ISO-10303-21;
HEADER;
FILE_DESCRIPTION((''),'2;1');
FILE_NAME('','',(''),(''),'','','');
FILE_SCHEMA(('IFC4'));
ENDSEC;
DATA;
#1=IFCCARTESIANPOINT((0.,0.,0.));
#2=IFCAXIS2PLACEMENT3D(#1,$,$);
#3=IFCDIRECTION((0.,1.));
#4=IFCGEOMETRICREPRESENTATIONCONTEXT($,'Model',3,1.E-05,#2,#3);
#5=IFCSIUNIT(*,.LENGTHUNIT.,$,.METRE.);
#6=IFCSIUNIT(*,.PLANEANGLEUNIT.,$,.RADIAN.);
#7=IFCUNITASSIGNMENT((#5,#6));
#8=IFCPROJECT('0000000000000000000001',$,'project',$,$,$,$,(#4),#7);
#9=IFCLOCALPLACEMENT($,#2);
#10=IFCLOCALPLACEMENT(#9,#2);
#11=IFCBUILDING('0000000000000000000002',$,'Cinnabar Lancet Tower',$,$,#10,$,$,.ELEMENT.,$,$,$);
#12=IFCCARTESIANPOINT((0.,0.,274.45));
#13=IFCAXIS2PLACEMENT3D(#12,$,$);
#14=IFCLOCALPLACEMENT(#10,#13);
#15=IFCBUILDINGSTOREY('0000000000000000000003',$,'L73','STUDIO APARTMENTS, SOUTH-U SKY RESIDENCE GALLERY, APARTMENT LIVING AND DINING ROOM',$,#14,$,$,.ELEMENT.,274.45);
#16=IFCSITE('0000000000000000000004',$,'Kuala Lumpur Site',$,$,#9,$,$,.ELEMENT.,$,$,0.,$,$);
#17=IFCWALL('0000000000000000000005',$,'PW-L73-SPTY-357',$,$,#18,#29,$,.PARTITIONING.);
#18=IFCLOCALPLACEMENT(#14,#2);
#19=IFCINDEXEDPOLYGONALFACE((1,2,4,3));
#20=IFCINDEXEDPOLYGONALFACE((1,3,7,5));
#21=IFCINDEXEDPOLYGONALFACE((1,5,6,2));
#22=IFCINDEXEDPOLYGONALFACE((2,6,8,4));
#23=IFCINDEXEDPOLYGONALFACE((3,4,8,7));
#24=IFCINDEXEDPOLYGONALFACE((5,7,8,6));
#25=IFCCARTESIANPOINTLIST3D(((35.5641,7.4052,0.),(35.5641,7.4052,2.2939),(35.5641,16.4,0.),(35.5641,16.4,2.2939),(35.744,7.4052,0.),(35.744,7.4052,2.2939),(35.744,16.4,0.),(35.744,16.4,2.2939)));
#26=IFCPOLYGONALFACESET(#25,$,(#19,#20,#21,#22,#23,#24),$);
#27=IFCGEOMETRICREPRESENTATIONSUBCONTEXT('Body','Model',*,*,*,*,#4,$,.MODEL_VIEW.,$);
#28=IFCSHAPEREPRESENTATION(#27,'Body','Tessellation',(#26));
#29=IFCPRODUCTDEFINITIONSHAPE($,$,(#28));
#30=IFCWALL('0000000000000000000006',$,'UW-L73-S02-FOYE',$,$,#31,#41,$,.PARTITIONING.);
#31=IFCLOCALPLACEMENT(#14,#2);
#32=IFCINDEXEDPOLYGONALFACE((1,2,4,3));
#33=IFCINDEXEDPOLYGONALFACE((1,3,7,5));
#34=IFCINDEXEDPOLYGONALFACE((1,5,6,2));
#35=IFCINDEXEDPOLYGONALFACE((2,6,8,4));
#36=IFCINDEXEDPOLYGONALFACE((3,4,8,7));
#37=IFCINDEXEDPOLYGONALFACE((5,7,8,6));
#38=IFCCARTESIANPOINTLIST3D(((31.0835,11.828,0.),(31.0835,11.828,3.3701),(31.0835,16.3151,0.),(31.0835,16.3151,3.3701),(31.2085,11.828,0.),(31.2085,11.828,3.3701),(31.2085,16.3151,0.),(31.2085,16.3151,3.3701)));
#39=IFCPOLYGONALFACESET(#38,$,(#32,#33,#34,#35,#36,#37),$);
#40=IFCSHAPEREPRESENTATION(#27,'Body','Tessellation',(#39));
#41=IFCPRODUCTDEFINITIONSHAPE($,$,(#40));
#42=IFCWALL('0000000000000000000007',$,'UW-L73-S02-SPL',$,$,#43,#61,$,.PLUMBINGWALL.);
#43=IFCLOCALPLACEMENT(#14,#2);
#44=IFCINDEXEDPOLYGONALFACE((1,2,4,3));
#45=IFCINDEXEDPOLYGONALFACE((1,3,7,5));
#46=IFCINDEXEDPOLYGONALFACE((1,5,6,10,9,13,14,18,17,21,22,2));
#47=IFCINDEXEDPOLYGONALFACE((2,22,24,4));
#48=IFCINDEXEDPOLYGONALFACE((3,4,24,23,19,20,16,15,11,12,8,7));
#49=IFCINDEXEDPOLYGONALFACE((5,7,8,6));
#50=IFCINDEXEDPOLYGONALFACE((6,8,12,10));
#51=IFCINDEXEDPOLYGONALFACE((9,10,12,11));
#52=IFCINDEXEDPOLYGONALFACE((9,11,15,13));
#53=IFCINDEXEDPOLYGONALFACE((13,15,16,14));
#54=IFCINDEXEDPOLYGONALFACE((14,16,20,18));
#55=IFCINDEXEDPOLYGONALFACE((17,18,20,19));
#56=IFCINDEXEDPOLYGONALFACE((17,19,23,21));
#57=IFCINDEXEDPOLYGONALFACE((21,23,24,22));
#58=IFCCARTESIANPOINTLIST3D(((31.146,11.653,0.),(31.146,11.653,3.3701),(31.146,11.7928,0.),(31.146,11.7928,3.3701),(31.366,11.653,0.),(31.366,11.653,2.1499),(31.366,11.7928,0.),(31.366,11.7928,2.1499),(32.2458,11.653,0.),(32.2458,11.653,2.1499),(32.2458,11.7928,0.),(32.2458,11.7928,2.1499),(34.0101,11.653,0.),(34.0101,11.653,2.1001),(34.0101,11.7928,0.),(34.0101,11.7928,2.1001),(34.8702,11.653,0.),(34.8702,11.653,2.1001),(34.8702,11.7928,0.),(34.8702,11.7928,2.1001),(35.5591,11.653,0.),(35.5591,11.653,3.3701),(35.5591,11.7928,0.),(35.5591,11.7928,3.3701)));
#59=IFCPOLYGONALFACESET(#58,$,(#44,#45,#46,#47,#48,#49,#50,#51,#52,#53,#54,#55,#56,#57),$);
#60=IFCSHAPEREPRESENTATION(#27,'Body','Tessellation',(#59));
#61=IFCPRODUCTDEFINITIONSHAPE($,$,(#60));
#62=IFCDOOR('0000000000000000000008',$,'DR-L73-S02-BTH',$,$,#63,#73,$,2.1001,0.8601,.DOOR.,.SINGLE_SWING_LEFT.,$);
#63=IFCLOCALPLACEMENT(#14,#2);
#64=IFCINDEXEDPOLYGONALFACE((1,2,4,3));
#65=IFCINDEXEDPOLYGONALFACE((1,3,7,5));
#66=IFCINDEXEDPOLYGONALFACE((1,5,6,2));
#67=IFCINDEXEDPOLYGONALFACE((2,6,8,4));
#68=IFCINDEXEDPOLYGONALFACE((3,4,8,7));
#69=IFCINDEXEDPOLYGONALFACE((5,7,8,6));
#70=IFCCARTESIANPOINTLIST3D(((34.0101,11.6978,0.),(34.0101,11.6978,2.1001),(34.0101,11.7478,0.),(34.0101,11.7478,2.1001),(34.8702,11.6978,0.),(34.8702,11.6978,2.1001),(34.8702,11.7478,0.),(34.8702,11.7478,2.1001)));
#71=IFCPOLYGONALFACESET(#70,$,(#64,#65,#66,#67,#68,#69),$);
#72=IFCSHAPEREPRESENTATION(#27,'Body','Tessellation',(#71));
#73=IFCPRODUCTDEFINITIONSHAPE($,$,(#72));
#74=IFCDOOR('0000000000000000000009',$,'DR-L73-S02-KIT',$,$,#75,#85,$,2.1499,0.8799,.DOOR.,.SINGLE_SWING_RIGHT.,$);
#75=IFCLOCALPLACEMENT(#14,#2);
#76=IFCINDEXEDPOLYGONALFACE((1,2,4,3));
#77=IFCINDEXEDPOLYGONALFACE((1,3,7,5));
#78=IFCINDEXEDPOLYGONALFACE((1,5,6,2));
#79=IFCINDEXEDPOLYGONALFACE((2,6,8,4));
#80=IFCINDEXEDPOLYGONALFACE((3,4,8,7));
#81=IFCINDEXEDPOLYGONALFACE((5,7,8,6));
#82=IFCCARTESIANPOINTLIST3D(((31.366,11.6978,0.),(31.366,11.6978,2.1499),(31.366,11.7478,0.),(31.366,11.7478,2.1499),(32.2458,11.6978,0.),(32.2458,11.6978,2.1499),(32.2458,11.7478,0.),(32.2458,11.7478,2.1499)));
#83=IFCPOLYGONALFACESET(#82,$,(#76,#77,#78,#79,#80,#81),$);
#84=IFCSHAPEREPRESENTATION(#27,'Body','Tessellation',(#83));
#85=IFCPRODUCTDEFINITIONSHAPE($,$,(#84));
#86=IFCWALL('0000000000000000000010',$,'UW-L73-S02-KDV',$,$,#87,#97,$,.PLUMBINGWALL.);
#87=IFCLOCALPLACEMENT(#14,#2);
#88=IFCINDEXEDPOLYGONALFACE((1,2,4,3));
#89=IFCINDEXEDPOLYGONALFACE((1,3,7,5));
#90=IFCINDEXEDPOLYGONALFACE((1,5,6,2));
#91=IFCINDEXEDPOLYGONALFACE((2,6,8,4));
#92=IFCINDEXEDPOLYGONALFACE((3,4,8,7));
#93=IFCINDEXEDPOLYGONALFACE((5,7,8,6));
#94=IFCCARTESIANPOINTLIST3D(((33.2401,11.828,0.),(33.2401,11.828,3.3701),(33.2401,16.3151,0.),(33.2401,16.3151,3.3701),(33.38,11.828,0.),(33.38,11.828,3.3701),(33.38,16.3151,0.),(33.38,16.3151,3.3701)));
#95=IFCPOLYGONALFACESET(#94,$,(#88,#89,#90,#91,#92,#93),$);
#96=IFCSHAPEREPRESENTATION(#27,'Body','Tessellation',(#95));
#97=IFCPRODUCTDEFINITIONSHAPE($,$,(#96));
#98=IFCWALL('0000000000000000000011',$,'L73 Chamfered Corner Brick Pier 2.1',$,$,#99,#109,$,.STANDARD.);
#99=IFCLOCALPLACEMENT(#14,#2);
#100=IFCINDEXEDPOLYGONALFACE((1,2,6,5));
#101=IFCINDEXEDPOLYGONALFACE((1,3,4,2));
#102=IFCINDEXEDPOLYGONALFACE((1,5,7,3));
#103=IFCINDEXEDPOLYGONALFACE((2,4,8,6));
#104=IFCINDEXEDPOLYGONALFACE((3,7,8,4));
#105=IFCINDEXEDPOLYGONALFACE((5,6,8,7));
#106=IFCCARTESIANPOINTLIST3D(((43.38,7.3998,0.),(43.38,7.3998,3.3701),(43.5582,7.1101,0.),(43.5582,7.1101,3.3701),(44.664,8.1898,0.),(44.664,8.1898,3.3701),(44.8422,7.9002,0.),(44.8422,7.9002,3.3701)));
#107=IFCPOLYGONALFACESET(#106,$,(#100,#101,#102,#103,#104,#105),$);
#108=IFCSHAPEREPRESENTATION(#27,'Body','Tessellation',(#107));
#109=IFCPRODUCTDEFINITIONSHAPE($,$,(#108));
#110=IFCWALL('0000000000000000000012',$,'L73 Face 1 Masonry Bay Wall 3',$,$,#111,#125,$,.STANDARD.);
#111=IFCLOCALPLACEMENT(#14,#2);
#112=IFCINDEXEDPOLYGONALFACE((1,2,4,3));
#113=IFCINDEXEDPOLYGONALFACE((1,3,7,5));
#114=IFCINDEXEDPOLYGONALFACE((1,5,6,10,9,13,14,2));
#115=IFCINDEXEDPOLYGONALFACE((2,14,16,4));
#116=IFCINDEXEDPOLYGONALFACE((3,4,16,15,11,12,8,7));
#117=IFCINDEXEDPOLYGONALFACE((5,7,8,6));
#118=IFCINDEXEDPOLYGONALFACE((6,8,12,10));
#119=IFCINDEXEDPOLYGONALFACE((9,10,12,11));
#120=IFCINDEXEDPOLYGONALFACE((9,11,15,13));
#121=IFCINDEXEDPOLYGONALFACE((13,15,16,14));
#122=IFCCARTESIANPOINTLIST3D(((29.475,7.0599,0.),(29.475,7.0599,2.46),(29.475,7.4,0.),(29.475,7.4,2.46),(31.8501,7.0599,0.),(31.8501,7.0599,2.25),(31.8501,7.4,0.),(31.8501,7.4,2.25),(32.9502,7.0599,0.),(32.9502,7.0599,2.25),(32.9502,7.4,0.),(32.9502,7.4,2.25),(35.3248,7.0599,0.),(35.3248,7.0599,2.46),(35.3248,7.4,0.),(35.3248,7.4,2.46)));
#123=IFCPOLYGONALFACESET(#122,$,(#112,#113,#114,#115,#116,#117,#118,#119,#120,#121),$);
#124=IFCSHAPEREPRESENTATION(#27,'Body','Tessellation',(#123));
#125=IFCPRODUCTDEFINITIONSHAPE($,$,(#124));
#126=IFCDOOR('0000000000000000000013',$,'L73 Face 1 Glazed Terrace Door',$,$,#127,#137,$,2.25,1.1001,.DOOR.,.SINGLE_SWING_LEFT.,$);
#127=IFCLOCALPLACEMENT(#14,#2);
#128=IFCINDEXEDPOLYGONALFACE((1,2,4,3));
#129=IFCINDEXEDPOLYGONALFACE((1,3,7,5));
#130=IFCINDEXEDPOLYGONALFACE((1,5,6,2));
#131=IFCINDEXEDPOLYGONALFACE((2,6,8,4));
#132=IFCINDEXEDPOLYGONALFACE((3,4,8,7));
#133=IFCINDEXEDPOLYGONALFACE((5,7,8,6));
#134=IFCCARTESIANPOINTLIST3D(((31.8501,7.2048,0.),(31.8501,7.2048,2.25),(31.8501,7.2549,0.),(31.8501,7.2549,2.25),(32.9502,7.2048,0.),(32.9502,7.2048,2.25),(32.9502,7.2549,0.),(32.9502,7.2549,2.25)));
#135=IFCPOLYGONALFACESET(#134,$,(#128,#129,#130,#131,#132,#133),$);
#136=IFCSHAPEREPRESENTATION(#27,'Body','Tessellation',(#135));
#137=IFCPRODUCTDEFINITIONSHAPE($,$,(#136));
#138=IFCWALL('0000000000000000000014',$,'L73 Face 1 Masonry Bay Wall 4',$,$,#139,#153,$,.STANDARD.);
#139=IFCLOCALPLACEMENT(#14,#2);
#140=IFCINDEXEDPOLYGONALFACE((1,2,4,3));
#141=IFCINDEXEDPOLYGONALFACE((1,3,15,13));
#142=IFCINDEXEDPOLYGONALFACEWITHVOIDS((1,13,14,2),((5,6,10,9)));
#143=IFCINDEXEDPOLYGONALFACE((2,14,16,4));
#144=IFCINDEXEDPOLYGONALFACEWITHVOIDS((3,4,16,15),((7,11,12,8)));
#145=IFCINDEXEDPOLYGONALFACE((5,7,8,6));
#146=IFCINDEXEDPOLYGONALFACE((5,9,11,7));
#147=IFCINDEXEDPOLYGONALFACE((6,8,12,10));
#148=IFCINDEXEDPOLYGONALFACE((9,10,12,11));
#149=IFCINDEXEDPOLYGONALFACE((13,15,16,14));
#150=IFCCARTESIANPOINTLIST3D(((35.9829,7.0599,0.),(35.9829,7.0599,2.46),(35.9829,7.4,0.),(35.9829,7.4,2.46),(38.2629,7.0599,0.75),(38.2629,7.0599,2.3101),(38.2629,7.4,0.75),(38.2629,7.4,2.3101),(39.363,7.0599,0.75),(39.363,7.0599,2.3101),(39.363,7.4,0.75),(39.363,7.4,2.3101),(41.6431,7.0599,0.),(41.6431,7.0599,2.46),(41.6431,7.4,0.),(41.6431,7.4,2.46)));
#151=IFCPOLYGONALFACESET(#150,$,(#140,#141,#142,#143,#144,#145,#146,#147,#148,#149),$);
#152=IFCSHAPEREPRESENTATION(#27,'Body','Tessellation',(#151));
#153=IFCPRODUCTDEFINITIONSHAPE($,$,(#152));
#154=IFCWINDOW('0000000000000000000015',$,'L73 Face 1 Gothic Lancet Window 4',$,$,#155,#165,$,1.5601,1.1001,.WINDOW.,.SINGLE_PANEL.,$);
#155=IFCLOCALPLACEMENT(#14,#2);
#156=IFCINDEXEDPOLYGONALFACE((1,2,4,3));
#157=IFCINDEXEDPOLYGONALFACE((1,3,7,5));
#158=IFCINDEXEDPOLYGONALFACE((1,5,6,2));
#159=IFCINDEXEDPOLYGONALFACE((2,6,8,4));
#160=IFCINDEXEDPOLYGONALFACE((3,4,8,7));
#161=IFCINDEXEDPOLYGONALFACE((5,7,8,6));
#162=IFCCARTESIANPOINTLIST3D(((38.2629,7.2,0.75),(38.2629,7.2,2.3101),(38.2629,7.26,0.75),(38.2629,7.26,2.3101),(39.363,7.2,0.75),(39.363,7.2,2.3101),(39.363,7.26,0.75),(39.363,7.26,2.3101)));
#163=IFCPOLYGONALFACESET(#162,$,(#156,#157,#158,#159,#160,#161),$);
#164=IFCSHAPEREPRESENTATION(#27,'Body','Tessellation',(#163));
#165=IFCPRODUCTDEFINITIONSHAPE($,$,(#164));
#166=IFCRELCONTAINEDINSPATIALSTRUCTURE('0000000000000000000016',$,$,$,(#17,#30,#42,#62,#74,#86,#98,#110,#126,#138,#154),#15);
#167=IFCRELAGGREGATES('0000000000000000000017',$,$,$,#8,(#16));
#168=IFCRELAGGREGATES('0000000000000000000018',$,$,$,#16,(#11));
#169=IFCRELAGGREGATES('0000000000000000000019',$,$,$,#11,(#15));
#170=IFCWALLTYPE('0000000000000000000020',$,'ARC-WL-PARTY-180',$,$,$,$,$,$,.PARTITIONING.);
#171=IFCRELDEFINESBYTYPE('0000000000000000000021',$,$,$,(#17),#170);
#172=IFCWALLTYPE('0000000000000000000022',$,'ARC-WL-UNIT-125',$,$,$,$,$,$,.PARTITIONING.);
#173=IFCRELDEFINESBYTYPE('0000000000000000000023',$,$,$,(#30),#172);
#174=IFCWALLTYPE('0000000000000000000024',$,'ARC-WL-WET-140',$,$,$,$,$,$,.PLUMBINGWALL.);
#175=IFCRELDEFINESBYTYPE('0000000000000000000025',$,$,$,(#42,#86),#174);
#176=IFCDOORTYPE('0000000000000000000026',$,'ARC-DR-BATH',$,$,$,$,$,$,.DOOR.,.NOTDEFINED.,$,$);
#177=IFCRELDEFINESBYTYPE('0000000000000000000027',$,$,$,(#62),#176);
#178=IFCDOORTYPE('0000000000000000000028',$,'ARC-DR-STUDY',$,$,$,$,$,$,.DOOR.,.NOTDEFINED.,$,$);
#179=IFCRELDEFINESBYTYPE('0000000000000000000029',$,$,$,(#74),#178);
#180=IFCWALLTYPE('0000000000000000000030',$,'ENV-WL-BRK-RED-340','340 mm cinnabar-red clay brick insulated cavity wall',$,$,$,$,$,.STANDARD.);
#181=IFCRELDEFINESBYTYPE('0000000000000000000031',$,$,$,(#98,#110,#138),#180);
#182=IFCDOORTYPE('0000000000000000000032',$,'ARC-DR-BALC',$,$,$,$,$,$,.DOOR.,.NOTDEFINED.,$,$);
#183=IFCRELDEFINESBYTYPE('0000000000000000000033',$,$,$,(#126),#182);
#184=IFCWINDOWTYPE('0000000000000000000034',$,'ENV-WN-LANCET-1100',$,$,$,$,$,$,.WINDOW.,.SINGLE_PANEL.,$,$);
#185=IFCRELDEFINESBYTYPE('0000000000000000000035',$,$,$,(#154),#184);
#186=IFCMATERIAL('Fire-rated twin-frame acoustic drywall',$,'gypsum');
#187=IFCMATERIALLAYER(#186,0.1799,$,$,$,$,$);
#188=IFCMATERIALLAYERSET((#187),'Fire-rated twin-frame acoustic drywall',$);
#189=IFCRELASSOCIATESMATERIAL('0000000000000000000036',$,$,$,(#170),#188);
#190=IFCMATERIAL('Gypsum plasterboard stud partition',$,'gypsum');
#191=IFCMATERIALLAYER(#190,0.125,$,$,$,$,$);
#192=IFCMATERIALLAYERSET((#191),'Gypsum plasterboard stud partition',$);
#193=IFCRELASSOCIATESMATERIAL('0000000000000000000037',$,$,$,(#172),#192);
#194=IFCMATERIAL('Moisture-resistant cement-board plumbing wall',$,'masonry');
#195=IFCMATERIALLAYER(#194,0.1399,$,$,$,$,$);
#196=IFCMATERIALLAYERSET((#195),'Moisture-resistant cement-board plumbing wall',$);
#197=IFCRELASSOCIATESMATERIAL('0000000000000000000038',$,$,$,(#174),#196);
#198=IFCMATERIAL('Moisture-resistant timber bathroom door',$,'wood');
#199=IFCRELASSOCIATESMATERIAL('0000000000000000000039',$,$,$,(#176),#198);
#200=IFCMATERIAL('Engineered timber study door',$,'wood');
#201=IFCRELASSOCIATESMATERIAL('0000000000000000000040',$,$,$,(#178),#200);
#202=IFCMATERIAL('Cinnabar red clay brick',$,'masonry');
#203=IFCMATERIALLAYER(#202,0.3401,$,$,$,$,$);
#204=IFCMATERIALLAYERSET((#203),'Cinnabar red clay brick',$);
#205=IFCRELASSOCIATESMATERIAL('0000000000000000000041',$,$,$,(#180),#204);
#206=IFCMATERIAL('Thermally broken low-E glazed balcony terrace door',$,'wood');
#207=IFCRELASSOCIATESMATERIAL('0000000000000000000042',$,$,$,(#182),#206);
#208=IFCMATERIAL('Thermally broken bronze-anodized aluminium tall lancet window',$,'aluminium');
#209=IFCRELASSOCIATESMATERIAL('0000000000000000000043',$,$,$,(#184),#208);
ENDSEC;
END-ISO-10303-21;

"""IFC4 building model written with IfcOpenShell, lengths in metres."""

from ifc_helpers import new_model, si_unit, direction, frame, frame_2d, origin, place, context, subcontext, project, spatial, rectangle, extrude, material, layer, layer_set, type_object, element, fill, save


model = new_model("IFC4")

# Units and contexts
model_context = context("Model", 3, precision=1e-05, world=origin(), true_north=direction((0.0, 1.0)))
body_context = subcontext(model_context, "Body", "Model", "MODEL_VIEW")
ifc_project = project(units=[si_unit("LENGTHUNIT", "METRE"), si_unit("PLANEANGLEUNIT", "RADIAN")], contexts=[model_context])

# Site, building, storey
site_placement = place(None, origin())
site = spatial("IfcSite", under=ifc_project, at=site_placement, Name="Kuala Lumpur Site", CompositionType="ELEMENT", RefElevation=0.0)
building_placement = place(site_placement, origin())
building = spatial("IfcBuilding", under=site, at=building_placement, Name="Cinnabar Lancet Tower", CompositionType="ELEMENT")
storey_placement = place(building_placement, frame((0.0, 0.0, 274.45)))
storey = spatial("IfcBuildingStorey", under=building, at=storey_placement, Name="L73", Description="STUDIO APARTMENTS, SOUTH-U SKY RESIDENCE GALLERY, APARTMENT LIVING AND DINING ROOM", CompositionType="ELEMENT", Elevation=274.45)

# Walls
ifc_material_1 = material(Name="Fire-rated twin-frame acoustic drywall", Category="gypsum")
ifc_layer_1 = layer(ifc_material_1, 0.1799)
ifc_layer_set_1 = layer_set([ifc_layer_1], Name="Fire-rated twin-frame acoustic drywall")
wall_type_1 = type_object("IfcWallType", Name="ARC-WL-PARTY-180", PredefinedType="PARTITIONING", material=ifc_layer_set_1)
wall_1_placement = place(storey_placement, frame((35.6541, 7.405, 0.0), z_axis=(0.0, 0.0, 1.0), x_axis=(0.0, 1.0, 0.0)))
element("IfcWall", 1, at=wall_1_placement, inside=storey, type_object=wall_type_1, Name="PW-L73-SPTY-357", PredefinedType="PARTITIONING", context=body_context, shape_type="SweptSolid", body=[
    extrude(rectangle(XDim=8.9949, YDim=0.1799, at=frame_2d((4.4976, 0.0))), origin(), (0.0, 0.0, 1.0), 2.2939),
])
ifc_material_2 = material(Name="Gypsum plasterboard stud partition", Category="gypsum")
ifc_layer_2 = layer(ifc_material_2, 0.125)
ifc_layer_set_2 = layer_set([ifc_layer_2], Name="Gypsum plasterboard stud partition")
wall_type_2 = type_object("IfcWallType", Name="ARC-WL-UNIT-125", PredefinedType="PARTITIONING", material=ifc_layer_set_2)
wall_2_placement = place(storey_placement, frame((31.146, 11.8279, 0.0), z_axis=(0.0, 0.0, 1.0), x_axis=(0.0, 1.0, 0.0)))
element("IfcWall", 2, at=wall_2_placement, inside=storey, type_object=wall_type_2, Name="UW-L73-S02-FOYE", PredefinedType="PARTITIONING", context=body_context, shape_type="SweptSolid", body=[
    extrude(rectangle(XDim=4.4871, YDim=0.125, at=frame_2d((2.2437, 0.0))), origin(), (0.0, 0.0, 1.0), 3.3701),
])

# Wall, openings, doors
ifc_material_3 = material(Name="Moisture-resistant cement-board plumbing wall", Category="masonry")
ifc_layer_3 = layer(ifc_material_3, 0.1399)
ifc_layer_set_3 = layer_set([ifc_layer_3], Name="Moisture-resistant cement-board plumbing wall")
wall_type_3 = type_object("IfcWallType", Name="ARC-WL-WET-140", PredefinedType="PLUMBINGWALL", material=ifc_layer_set_3)
wall_3_placement = place(storey_placement, frame((31.146, 11.7229, 0.0), z_axis=(0.0, 0.0, 1.0), x_axis=(1.0, 0.0, 0.0)))
wall_3 = element("IfcWall", 3, at=wall_3_placement, inside=storey, type_object=wall_type_3, Name="UW-L73-S02-SPL", PredefinedType="PLUMBINGWALL", context=body_context, shape_type="SweptSolid", body=[
    extrude(rectangle(XDim=4.4131, YDim=0.1399, at=frame_2d((2.2065, 0.0))), origin(), (0.0, 0.0, 1.0), 3.3701),
])
opening_1_placement = place(wall_3_placement, frame((2.864, 0.0, 0.0)))
opening_1 = element("IfcOpeningElement", 4, at=opening_1_placement, cuts=wall_3, PredefinedType="OPENING", context=body_context, shape_type="SweptSolid", body=[
    extrude(rectangle(XDim=0.8601, YDim=2.1001, at=frame_2d((0.4302, 1.05))), frame((0.0, 0.0798, 0.0), z_axis=(0.0, -1.0, 0.0), x_axis=(1.0, 0.0, 0.0)), (0.0, 0.0, 1.0), 0.1599),
])
opening_2_placement = place(wall_3_placement, frame((0.22, 0.0, 0.0)))
opening_2 = element("IfcOpeningElement", 5, at=opening_2_placement, cuts=wall_3, PredefinedType="OPENING", context=body_context, shape_type="SweptSolid", body=[
    extrude(rectangle(XDim=0.8799, YDim=2.1499, at=frame_2d((0.4399, 1.075))), frame((0.0, 0.0798, 0.0), z_axis=(0.0, -1.0, 0.0), x_axis=(1.0, 0.0, 0.0)), (0.0, 0.0, 1.0), 0.1599),
])
ifc_material_4 = material(Name="Moisture-resistant timber bathroom door", Category="wood")
door_type_1 = type_object("IfcDoorType", Name="ARC-DR-BATH", OperationType="NOTDEFINED", PredefinedType="DOOR", material=ifc_material_4)
door_1_placement = place(opening_1_placement, origin())
door_1 = element("IfcDoor", 6, at=door_1_placement, inside=storey, type_object=door_type_1, Name="DR-L73-S02-BTH", OperationType="SINGLE_SWING_LEFT", OverallHeight=2.1001, OverallWidth=0.8601, PredefinedType="DOOR", context=body_context, shape_type="SweptSolid", body=[
    extrude(rectangle(XDim=0.8601, YDim=2.1001, at=frame_2d((0.4302, 1.05))), frame((0.0, 0.0249, 0.0), z_axis=(0.0, -1.0, 0.0), x_axis=(1.0, 0.0, 0.0)), (0.0, 0.0, 1.0), 0.05),
])
fill(opening_1, door_1)
ifc_material_5 = material(Name="Engineered timber study door", Category="wood")
door_type_2 = type_object("IfcDoorType", Name="ARC-DR-STUDY", OperationType="NOTDEFINED", PredefinedType="DOOR", material=ifc_material_5)
door_2_placement = place(opening_2_placement, origin())
door_2 = element("IfcDoor", 7, at=door_2_placement, inside=storey, type_object=door_type_2, Name="DR-L73-S02-KIT", OperationType="SINGLE_SWING_RIGHT", OverallHeight=2.1499, OverallWidth=0.8799, PredefinedType="DOOR", context=body_context, shape_type="SweptSolid", body=[
    extrude(rectangle(XDim=0.8799, YDim=2.1499, at=frame_2d((0.4399, 1.075))), frame((0.0, 0.0249, 0.0), z_axis=(0.0, -1.0, 0.0), x_axis=(1.0, 0.0, 0.0)), (0.0, 0.0, 1.0), 0.05),
])
fill(opening_2, door_2)

# Walls
wall_4_placement = place(storey_placement, frame((33.3101, 11.8279, 0.0), z_axis=(0.0, 0.0, 1.0), x_axis=(0.0, 1.0, 0.0)))
element("IfcWall", 8, at=wall_4_placement, inside=storey, type_object=wall_type_3, Name="UW-L73-S02-KDV", PredefinedType="PLUMBINGWALL", context=body_context, shape_type="SweptSolid", body=[
    extrude(rectangle(XDim=4.4871, YDim=0.1399, at=frame_2d((2.2437, 0.0))), origin(), (0.0, 0.0, 1.0), 3.3701),
])
ifc_material_6 = material(Name="Cinnabar red clay brick", Category="masonry")
ifc_layer_4 = layer(ifc_material_6, 0.3401)
ifc_layer_set_4 = layer_set([ifc_layer_4], Name="Cinnabar red clay brick")
wall_type_4 = type_object("IfcWallType", Name="ENV-WL-BRK-RED-340", Description="340 mm cinnabar-red clay brick insulated cavity wall", PredefinedType="STANDARD", material=ifc_layer_set_4)
wall_5_placement = place(storey_placement, frame((43.469, 7.2549, 0.0), z_axis=(0.0, 0.0, 1.0), x_axis=(0.851681, 0.524061, 0.0)))
element("IfcWall", 9, at=wall_5_placement, inside=storey, type_object=wall_type_4, Name="L73 Chamfered Corner Brick Pier 2.1", PredefinedType="STANDARD", context=body_context, shape_type="SweptSolid", body=[
    extrude(rectangle(XDim=1.5076, YDim=0.3401, at=frame_2d((0.7539, 0.0))), origin(), (0.0, 0.0, 1.0), 3.3701),
])

# Wall, opening, door
wall_6_placement = place(storey_placement, frame((29.4751, 7.23, 0.0), z_axis=(0.0, 0.0, 1.0), x_axis=(1.0, 0.0, 0.0)))
wall_6 = element("IfcWall", 10, at=wall_6_placement, inside=storey, type_object=wall_type_4, Name="L73 Face 1 Masonry Bay Wall 3", PredefinedType="STANDARD", context=body_context, shape_type="SweptSolid", body=[
    extrude(rectangle(XDim=5.8499, YDim=0.3401, at=frame_2d((2.9248, 0.0))), origin(), (0.0, 0.0, 1.0), 2.46),
])
opening_3_placement = place(wall_6_placement, frame((2.375, 0.0, 0.0)))
opening_3 = element("IfcOpeningElement", 11, at=opening_3_placement, cuts=wall_6, PredefinedType="OPENING", context=body_context, shape_type="SweptSolid", body=[
    extrude(rectangle(XDim=1.1001, YDim=2.25, at=frame_2d((0.55, 1.125))), frame((0.0, 0.1799, 0.0), z_axis=(0.0, -1.0, 0.0), x_axis=(1.0, 0.0, 0.0)), (0.0, 0.0, 1.0), 0.3601),
])
ifc_material_7 = material(Name="Thermally broken low-E glazed balcony terrace door", Category="wood")
door_type_3 = type_object("IfcDoorType", Name="ARC-DR-BALC", OperationType="NOTDEFINED", PredefinedType="DOOR", material=ifc_material_7)
door_3_placement = place(opening_3_placement, origin())
door_3 = element("IfcDoor", 12, at=door_3_placement, inside=storey, type_object=door_type_3, Name="L73 Face 1 Glazed Terrace Door", OperationType="SINGLE_SWING_LEFT", OverallHeight=2.25, OverallWidth=1.1001, PredefinedType="DOOR", context=body_context, shape_type="SweptSolid", body=[
    extrude(rectangle(XDim=1.1001, YDim=2.25, at=frame_2d((0.55, 1.125))), frame((0.0, 0.0249, 0.0), z_axis=(0.0, -1.0, 0.0), x_axis=(1.0, 0.0, 0.0)), (0.0, 0.0, 1.0), 0.05),
])
fill(opening_3, door_3)

# Wall, opening, window
wall_7_placement = place(storey_placement, frame((35.9829, 7.23, 0.0), z_axis=(0.0, 0.0, 1.0), x_axis=(1.0, 0.0, 0.0)))
wall_7 = element("IfcWall", 13, at=wall_7_placement, inside=storey, type_object=wall_type_4, Name="L73 Face 1 Masonry Bay Wall 4", PredefinedType="STANDARD", context=body_context, shape_type="SweptSolid", body=[
    extrude(rectangle(XDim=5.6602, YDim=0.3401, at=frame_2d((2.8301, 0.0))), origin(), (0.0, 0.0, 1.0), 2.46),
])
opening_4_placement = place(wall_7_placement, frame((2.28, 0.0, 0.75)))
opening_4 = element("IfcOpeningElement", 14, at=opening_4_placement, cuts=wall_7, PredefinedType="OPENING", context=body_context, shape_type="SweptSolid", body=[
    extrude(rectangle(XDim=1.1001, YDim=1.5601, at=frame_2d((0.55, 0.78))), frame((0.0, 0.1799, 0.0), z_axis=(0.0, -1.0, 0.0), x_axis=(1.0, 0.0, 0.0)), (0.0, 0.0, 1.0), 0.3601),
])
ifc_material_8 = material(Name="Thermally broken bronze-anodized aluminium tall lancet window", Category="aluminium")
window_type = type_object("IfcWindowType", Name="ENV-WN-LANCET-1100", PartitioningType="SINGLE_PANEL", PredefinedType="WINDOW", material=ifc_material_8)
window_placement = place(opening_4_placement, origin())
window = element("IfcWindow", 15, at=window_placement, inside=storey, type_object=window_type, Name="L73 Face 1 Gothic Lancet Window 4", OverallHeight=1.5601, OverallWidth=1.1001, PartitioningType="SINGLE_PANEL", PredefinedType="WINDOW", context=body_context, shape_type="SweptSolid", body=[
    extrude(rectangle(XDim=1.1001, YDim=1.5601, at=frame_2d((0.55, 0.78))), frame((0.0, 0.03, 0.0), z_axis=(0.0, -1.0, 0.0), x_axis=(1.0, 0.0, 0.0)), (0.0, 0.0, 1.0), 0.0601),
])
fill(opening_4, window)

save(model, "model.ifc")
